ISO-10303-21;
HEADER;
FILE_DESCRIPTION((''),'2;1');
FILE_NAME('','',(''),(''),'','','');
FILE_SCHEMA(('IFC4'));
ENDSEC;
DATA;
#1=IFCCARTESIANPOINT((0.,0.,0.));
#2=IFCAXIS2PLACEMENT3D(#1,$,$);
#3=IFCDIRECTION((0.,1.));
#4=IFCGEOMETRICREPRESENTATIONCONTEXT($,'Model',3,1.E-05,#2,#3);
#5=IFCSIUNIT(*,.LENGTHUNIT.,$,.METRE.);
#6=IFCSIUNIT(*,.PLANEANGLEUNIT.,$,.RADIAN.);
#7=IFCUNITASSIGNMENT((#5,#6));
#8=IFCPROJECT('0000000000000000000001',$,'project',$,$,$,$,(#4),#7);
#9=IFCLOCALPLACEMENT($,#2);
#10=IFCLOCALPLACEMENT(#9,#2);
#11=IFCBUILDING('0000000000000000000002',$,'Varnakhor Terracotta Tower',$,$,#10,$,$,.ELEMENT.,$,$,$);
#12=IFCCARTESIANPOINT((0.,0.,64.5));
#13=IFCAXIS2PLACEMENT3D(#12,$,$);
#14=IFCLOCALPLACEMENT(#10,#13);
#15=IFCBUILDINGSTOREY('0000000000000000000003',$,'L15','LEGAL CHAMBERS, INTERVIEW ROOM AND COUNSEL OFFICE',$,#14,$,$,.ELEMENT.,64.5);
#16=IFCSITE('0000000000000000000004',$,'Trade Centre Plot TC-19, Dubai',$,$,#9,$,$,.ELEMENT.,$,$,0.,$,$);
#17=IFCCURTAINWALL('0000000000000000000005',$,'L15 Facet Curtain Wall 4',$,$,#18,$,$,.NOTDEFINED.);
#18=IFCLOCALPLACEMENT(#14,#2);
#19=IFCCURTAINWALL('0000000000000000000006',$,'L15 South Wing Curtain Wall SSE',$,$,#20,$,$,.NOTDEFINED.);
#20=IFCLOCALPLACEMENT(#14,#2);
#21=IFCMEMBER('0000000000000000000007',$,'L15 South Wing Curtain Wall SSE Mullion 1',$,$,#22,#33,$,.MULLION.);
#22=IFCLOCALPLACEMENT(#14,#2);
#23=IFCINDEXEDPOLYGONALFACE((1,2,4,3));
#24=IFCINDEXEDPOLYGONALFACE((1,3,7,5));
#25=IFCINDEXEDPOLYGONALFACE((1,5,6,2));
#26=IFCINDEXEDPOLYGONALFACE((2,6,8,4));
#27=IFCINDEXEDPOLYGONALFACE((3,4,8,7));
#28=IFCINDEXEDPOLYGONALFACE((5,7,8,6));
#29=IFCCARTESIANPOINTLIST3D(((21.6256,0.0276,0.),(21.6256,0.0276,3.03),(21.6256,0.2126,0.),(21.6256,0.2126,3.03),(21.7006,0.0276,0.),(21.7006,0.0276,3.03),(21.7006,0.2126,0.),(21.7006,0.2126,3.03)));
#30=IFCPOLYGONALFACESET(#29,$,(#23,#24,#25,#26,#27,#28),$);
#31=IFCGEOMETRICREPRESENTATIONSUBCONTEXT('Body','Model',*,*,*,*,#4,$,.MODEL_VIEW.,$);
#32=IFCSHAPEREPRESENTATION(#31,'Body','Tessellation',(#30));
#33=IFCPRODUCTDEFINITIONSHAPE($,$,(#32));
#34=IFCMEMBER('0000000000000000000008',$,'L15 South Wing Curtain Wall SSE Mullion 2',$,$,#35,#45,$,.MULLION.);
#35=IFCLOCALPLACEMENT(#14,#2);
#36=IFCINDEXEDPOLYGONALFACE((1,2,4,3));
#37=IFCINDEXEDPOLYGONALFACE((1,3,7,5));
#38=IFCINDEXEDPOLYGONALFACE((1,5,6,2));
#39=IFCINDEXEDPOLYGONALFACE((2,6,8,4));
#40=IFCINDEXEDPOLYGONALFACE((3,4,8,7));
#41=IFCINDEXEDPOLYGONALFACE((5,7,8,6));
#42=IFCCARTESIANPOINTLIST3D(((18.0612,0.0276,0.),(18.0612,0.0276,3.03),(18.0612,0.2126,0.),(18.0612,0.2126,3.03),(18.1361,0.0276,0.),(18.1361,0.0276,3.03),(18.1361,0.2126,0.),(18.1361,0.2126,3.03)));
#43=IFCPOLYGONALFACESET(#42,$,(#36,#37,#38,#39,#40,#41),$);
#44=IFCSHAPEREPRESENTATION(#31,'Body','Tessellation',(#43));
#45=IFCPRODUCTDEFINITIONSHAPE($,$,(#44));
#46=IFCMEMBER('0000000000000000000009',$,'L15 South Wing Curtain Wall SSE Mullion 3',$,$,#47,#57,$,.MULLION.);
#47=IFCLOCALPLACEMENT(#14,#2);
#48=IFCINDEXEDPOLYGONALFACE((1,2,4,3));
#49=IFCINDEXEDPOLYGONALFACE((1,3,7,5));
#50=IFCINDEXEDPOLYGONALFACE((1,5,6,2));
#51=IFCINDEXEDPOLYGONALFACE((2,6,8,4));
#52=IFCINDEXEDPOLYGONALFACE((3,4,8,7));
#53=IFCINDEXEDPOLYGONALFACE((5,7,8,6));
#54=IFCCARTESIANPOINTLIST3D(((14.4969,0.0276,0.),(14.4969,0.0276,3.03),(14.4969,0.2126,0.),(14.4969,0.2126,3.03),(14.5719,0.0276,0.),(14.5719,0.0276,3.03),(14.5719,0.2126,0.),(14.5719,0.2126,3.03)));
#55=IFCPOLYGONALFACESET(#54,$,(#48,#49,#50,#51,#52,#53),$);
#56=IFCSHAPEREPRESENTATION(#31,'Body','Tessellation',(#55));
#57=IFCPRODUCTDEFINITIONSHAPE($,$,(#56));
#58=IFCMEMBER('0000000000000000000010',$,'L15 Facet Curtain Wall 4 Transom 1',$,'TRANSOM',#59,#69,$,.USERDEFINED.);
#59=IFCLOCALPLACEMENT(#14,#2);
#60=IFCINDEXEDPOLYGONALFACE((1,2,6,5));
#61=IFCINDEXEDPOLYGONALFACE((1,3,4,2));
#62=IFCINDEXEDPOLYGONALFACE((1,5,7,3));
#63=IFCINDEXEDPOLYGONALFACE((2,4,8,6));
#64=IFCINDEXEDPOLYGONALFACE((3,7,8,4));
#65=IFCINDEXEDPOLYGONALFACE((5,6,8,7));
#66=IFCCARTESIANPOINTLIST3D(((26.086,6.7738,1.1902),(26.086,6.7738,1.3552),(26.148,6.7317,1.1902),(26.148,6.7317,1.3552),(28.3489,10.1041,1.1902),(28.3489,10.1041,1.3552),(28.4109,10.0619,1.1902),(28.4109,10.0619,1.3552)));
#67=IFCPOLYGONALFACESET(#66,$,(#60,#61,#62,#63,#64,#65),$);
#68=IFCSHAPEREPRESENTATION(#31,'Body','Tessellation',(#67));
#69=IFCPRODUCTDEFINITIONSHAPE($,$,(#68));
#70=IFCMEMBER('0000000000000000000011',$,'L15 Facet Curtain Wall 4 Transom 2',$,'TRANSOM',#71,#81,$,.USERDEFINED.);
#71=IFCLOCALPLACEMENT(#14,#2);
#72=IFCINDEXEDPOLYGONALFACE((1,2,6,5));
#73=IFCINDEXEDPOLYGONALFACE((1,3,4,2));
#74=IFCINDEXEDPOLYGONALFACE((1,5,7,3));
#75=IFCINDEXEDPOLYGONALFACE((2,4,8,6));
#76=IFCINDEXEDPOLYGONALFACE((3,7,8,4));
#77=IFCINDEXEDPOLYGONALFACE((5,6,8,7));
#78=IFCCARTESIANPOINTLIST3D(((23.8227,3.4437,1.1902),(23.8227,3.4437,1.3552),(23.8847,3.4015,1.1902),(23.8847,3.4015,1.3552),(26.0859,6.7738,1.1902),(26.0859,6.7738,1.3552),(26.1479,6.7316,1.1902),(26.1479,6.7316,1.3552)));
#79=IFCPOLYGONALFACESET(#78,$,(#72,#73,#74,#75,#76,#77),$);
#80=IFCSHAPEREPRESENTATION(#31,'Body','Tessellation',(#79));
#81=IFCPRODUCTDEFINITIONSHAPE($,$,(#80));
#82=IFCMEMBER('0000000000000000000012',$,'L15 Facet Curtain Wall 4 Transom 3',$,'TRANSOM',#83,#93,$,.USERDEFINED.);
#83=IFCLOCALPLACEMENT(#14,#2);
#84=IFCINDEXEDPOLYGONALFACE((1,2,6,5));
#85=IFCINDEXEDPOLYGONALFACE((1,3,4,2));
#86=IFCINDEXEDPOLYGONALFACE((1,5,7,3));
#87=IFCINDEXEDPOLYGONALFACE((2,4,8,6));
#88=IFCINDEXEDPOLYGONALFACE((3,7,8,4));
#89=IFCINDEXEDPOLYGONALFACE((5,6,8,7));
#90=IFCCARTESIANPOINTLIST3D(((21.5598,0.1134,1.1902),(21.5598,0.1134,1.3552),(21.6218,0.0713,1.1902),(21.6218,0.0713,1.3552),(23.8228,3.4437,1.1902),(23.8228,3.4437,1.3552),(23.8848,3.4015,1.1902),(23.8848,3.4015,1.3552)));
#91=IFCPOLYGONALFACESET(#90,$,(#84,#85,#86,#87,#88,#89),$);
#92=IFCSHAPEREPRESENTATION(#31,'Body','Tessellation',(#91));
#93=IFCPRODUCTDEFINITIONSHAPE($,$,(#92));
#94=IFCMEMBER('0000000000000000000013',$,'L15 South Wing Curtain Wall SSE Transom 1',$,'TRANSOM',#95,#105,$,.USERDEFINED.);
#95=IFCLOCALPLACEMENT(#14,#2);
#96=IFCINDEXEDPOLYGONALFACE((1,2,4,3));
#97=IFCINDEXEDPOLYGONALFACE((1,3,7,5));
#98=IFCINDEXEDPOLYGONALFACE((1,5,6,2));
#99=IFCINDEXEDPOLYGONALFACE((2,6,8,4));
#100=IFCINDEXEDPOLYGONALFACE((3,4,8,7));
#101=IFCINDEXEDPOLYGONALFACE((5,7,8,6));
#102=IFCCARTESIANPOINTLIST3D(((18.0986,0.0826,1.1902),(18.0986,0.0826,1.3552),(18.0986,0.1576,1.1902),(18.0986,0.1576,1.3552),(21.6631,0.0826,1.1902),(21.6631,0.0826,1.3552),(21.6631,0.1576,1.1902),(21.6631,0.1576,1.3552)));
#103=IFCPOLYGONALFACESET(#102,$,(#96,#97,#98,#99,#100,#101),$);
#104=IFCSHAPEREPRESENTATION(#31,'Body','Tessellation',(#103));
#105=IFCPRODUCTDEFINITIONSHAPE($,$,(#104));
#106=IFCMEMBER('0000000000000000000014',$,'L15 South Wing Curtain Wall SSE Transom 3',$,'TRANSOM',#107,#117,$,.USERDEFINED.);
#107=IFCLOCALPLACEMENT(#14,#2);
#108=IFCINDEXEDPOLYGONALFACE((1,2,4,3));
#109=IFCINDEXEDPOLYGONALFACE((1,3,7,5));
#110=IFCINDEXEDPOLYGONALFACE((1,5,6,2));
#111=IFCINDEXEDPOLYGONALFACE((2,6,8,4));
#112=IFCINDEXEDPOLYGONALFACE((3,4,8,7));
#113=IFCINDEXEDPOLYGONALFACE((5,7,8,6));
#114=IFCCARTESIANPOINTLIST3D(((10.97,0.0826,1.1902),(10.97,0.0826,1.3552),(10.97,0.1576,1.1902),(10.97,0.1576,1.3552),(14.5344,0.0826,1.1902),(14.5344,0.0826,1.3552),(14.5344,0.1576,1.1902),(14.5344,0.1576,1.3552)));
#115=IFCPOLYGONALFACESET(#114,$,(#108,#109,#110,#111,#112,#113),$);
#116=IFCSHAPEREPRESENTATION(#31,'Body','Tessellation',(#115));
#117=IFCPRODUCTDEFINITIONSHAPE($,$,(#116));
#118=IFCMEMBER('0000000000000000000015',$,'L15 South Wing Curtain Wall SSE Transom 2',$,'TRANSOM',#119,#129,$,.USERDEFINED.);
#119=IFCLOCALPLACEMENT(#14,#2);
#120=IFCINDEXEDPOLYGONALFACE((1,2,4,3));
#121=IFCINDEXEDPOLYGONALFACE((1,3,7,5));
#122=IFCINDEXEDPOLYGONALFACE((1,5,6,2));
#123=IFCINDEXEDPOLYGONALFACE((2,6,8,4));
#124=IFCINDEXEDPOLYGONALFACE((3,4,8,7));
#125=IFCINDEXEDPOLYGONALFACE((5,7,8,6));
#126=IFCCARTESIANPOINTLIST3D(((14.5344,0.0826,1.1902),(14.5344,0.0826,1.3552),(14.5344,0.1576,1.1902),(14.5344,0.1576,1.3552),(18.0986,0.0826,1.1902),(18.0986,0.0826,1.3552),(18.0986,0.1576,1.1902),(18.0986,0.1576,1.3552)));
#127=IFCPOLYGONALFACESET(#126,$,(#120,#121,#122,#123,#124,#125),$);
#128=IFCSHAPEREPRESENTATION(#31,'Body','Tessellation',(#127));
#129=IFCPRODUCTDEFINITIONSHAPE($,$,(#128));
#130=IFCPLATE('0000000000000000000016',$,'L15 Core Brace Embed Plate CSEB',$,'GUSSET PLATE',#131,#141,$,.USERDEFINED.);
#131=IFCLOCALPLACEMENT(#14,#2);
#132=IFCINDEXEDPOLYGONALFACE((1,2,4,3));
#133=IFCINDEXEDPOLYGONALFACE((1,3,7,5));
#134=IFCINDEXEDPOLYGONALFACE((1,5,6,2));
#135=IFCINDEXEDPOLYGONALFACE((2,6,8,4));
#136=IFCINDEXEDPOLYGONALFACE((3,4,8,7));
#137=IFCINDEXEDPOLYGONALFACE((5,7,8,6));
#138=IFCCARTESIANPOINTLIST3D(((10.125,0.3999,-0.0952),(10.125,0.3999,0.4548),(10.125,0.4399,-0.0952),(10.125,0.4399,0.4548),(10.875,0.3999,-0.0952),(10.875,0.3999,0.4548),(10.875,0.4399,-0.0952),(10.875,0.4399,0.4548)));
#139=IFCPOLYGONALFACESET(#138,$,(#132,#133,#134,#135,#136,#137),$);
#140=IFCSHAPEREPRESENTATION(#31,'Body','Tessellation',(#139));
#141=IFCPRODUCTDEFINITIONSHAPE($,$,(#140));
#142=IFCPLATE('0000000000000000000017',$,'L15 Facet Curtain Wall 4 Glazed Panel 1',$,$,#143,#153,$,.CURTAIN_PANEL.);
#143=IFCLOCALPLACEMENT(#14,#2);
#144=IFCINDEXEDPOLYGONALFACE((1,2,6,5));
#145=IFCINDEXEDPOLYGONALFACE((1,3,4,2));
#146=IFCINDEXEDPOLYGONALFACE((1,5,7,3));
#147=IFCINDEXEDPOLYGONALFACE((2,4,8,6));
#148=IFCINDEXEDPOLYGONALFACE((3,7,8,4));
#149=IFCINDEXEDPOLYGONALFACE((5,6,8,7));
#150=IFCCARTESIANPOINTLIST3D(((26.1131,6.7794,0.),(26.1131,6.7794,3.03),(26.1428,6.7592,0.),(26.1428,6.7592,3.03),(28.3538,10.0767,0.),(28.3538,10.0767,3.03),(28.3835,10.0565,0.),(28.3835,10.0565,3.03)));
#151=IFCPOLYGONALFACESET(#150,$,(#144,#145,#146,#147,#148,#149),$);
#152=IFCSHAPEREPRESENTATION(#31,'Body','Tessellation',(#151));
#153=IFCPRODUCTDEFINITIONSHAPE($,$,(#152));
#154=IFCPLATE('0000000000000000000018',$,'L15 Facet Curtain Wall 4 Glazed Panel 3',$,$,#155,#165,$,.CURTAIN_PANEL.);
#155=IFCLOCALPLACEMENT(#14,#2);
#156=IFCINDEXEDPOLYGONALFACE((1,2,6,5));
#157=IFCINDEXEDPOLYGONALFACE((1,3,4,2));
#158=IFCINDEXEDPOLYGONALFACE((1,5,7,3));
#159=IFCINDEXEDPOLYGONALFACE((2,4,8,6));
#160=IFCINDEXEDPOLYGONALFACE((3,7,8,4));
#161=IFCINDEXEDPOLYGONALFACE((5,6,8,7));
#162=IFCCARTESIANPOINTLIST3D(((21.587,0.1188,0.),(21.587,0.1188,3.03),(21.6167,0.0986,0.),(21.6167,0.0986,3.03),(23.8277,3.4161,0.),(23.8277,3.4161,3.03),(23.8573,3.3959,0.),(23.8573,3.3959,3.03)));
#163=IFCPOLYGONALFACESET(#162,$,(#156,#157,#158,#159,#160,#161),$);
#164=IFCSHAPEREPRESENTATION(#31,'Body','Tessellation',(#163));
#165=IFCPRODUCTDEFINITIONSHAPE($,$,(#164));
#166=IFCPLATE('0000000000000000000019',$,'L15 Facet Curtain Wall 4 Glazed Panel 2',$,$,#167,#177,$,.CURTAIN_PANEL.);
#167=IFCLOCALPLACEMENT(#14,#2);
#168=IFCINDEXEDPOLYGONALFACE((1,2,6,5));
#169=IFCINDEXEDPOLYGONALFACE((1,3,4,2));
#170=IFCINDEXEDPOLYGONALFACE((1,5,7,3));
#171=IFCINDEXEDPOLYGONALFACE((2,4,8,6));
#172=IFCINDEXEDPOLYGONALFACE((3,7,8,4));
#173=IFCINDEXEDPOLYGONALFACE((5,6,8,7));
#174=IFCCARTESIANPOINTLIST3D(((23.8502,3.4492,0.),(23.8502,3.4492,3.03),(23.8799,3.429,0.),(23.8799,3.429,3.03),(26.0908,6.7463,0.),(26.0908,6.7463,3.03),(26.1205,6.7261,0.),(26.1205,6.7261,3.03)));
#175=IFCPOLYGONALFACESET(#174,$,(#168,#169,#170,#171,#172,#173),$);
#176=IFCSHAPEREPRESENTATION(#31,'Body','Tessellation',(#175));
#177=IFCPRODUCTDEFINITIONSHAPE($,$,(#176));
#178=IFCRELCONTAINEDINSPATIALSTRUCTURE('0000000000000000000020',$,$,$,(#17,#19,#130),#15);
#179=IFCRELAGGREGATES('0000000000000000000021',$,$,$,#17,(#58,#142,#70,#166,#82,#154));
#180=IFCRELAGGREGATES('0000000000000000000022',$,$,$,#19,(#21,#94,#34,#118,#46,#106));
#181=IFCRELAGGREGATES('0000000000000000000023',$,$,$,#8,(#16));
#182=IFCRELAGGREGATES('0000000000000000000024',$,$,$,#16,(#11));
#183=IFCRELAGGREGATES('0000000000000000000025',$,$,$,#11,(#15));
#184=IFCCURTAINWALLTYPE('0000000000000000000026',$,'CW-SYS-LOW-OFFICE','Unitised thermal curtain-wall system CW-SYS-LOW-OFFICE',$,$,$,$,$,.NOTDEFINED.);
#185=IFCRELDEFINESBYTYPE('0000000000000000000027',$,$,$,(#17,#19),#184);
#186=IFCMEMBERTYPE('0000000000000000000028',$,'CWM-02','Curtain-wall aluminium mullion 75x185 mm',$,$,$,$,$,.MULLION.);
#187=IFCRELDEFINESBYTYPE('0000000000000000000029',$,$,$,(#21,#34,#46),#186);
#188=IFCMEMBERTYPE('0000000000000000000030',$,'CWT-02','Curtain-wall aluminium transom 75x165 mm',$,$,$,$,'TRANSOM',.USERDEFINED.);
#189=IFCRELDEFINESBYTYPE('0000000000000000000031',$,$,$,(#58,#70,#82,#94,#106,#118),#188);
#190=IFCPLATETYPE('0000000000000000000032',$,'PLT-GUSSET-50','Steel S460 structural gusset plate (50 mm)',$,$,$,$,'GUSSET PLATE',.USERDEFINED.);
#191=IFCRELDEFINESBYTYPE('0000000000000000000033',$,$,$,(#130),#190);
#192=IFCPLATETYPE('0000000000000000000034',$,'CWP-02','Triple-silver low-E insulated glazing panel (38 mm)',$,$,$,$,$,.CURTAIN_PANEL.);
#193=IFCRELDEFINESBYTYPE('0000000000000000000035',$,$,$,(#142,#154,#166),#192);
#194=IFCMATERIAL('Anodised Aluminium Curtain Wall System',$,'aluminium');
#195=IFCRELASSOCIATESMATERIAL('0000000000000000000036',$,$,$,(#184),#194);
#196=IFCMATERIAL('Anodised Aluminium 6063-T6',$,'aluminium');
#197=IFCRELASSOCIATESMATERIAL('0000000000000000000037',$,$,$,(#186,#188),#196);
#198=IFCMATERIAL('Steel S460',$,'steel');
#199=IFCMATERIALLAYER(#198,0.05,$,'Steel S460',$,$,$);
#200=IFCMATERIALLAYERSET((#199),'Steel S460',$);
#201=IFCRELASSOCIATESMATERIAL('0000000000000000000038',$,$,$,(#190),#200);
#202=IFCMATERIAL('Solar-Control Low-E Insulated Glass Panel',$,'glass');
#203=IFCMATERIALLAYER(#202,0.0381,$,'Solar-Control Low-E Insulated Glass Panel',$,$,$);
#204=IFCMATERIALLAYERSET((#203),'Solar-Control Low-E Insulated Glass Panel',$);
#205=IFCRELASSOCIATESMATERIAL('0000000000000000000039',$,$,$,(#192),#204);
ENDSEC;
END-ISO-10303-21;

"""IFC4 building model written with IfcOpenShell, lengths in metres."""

from ifc_helpers import new_model, si_unit, direction, frame, origin, origin_2d, place, context, subcontext, project, spatial, rectangle, extrude, source, transform, mapped, material, layer, layer_set, material_profile, profile_set, type_object, type_shapes, element, aggregate, save


model = new_model("IFC4")

# Units and contexts
model_context = context("Model", 3, precision=1e-05, world=origin(), true_north=direction((0.0, 1.0)))
body_context = subcontext(model_context, "Body", "Model", "MODEL_VIEW")
ifc_project = project(units=[si_unit("LENGTHUNIT", "METRE"), si_unit("PLANEANGLEUNIT", "RADIAN")], contexts=[model_context])

# Site, building, storey
site_placement = place(None, origin())
site = spatial("IfcSite", under=ifc_project, at=site_placement, Name="Trade Centre Plot TC-19, Dubai", CompositionType="ELEMENT", RefElevation=0.0)
building_placement = place(site_placement, origin())
building = spatial("IfcBuilding", under=site, at=building_placement, Name="Varnakhor Terracotta Tower", CompositionType="ELEMENT")
storey_placement = place(building_placement, frame((0.0, 0.0, 64.5)))
storey = spatial("IfcBuildingStorey", under=building, at=storey_placement, Name="L15", Description="LEGAL CHAMBERS, INTERVIEW ROOM AND COUNSEL OFFICE", CompositionType="ELEMENT", Elevation=64.5)

# Shared definitions
ifc_material_1 = material(Name="Steel S460", Category="steel")

# Curtain walls, members
ifc_material_2 = material(Name="Anodised Aluminium Curtain Wall System", Category="aluminium")
curtain_wall_type = type_object("IfcCurtainWallType", Name="CW-SYS-LOW-OFFICE", Description="Unitised thermal curtain-wall system CW-SYS-LOW-OFFICE", PredefinedType="NOTDEFINED", material=ifc_material_2)
curtain_wall_1_placement = place(storey_placement, origin())
curtain_wall_1 = element("IfcCurtainWall", 1, at=curtain_wall_1_placement, inside=storey, type_object=curtain_wall_type, Name="L15 Facet Curtain Wall 4", PredefinedType="NOTDEFINED")
ifc_material_3 = material(Name="Anodised Aluminium 6063-T6", Category="aluminium")
ifc_material_profile_1 = material_profile(ifc_material_3, rectangle(XDim=0.075, YDim=0.1851, at=origin_2d()), Name="ALU MULLION 75x185")
ifc_profile_set_1 = profile_set([ifc_material_profile_1], Name="Anodised Aluminium 6063-T6")
member_type_1 = type_object("IfcMemberType", Name="CWM-02", Description="Curtain-wall aluminium mullion 75x185 mm", PredefinedType="MULLION", material=ifc_profile_set_1)
shared_shape_1 = source(origin(), body_context, "Body", "SweptSolid", [
    extrude(rectangle(XDim=0.075, YDim=0.1851, at=origin_2d()), origin(), (0.0, 0.0, 1.0), 3.03),
])
type_shapes(member_type_1, [shared_shape_1])
curtain_wall_2_placement = place(storey_placement, origin())
curtain_wall_2 = element("IfcCurtainWall", 2, at=curtain_wall_2_placement, inside=storey, type_object=curtain_wall_type, Name="L15 South Wing Curtain Wall SSE", PredefinedType="NOTDEFINED")
member_1_placement = place(storey_placement, frame((21.6631, 0.1201, 0.0), z_axis=(0.0, 0.0, 1.0), x_axis=(1.0, 0.0, 0.0)))
member_1 = element("IfcMember", 3, at=member_1_placement, type_object=member_type_1, Name="L15 South Wing Curtain Wall SSE Mullion 1", PredefinedType="MULLION", context=body_context, shape_type="MappedRepresentation", body=[
    mapped(shared_shape_1, transform((0.0, 0.0, 0.0), scale=1.0)),
])
member_2_placement = place(storey_placement, frame((18.0986, 0.1201, 0.0), z_axis=(0.0, 0.0, 1.0), x_axis=(1.0, 0.0, 0.0)))
member_2 = element("IfcMember", 4, at=member_2_placement, type_object=member_type_1, Name="L15 South Wing Curtain Wall SSE Mullion 2", PredefinedType="MULLION", context=body_context, shape_type="MappedRepresentation", body=[
    mapped(shared_shape_1, transform((0.0, 0.0, 0.0), scale=1.0)),
])
member_3_placement = place(storey_placement, frame((14.5344, 0.1201, 0.0), z_axis=(0.0, 0.0, 1.0), x_axis=(1.0, 0.0, 0.0)))
member_3 = element("IfcMember", 5, at=member_3_placement, type_object=member_type_1, Name="L15 South Wing Curtain Wall SSE Mullion 3", PredefinedType="MULLION", context=body_context, shape_type="MappedRepresentation", body=[
    mapped(shared_shape_1, transform((0.0, 0.0, 0.0), scale=1.0)),
])

# Members
ifc_material_profile_2 = material_profile(ifc_material_3, rectangle(XDim=0.075, YDim=0.165, at=origin_2d()), Name="ALU TRANSOM 75x165")
ifc_profile_set_2 = profile_set([ifc_material_profile_2], Name="Anodised Aluminium 6063-T6")
member_type_2 = type_object("IfcMemberType", Name="CWT-02", Description="Curtain-wall aluminium transom 75x165 mm", ElementType="TRANSOM", PredefinedType="USERDEFINED", material=ifc_profile_set_2)
shared_shape_2 = source(origin(), body_context, "Body", "SweptSolid", [
    extrude(rectangle(XDim=0.075, YDim=0.165, at=origin_2d()), origin(), (0.0, 0.0, 1.0), 4.0264),
])
member_4_placement = place(storey_placement, frame((28.3799, 10.083, 1.2727), z_axis=(-0.562025, -0.82712, 0.0), x_axis=(0.82712, -0.562025, 0.0)))
member_4 = element("IfcMember", 6, at=member_4_placement, type_object=member_type_2, Name="L15 Facet Curtain Wall 4 Transom 1", ObjectType="TRANSOM", PredefinedType="USERDEFINED", context=body_context, shape_type="MappedRepresentation", body=[
    mapped(shared_shape_2, transform((0.0, 0.0, 0.0), scale=1.0)),
])
member_5_placement = place(storey_placement, frame((26.1169, 6.7527, 1.2727), z_axis=(-0.562094, -0.827073, 0.0), x_axis=(0.827073, -0.562094, 0.0)))
member_5 = element("IfcMember", 7, at=member_5_placement, type_object=member_type_2, Name="L15 Facet Curtain Wall 4 Transom 2", ObjectType="TRANSOM", PredefinedType="USERDEFINED", context=body_context, shape_type="MappedRepresentation", body=[
    mapped(shared_shape_2, transform((0.0, 0.0, 0.0), scale=1.0)),
])
member_6_placement = place(storey_placement, frame((23.8538, 3.4226, 1.2727), z_axis=(-0.562025, -0.82712, 0.0), x_axis=(0.82712, -0.562025, 0.0)))
member_6 = element("IfcMember", 8, at=member_6_placement, type_object=member_type_2, Name="L15 Facet Curtain Wall 4 Transom 3", ObjectType="TRANSOM", PredefinedType="USERDEFINED", context=body_context, shape_type="MappedRepresentation", body=[
    mapped(shared_shape_2, transform((0.0, 0.0, 0.0), scale=1.0)),
])
shared_shape_3 = source(origin(), body_context, "Body", "SweptSolid", [
    extrude(rectangle(XDim=0.075, YDim=0.165, at=origin_2d()), origin(), (0.0, 0.0, 1.0), 3.5645),
])
member_7_placement = place(storey_placement, frame((21.6631, 0.1201, 1.2727), z_axis=(-1.0, 0.0, 0.0), x_axis=(0.0, -1.0, 0.0)))
member_7 = element("IfcMember", 9, at=member_7_placement, type_object=member_type_2, Name="L15 South Wing Curtain Wall SSE Transom 1", ObjectType="TRANSOM", PredefinedType="USERDEFINED", context=body_context, shape_type="MappedRepresentation", body=[
    mapped(shared_shape_3, transform((0.0, 0.0, 0.0), scale=1.0)),
])
member_8_placement = place(storey_placement, frame((14.5344, 0.1201, 1.2727), z_axis=(-1.0, 0.0, 0.0), x_axis=(0.0, -1.0, 0.0)))
member_8 = element("IfcMember", 10, at=member_8_placement, type_object=member_type_2, Name="L15 South Wing Curtain Wall SSE Transom 3", ObjectType="TRANSOM", PredefinedType="USERDEFINED", context=body_context, shape_type="MappedRepresentation", body=[
    mapped(shared_shape_3, transform((0.0, 0.0, 0.0), scale=1.0)),
])
shared_shape_4 = source(origin(), body_context, "Body", "SweptSolid", [
    extrude(rectangle(XDim=0.075, YDim=0.165, at=origin_2d()), origin(), (0.0, 0.0, 1.0), 3.5642),
])
member_9_placement = place(storey_placement, frame((18.0986, 0.1201, 1.2727), z_axis=(-1.0, 0.0, 0.0), x_axis=(0.0, -1.0, 0.0)))
member_9 = element("IfcMember", 11, at=member_9_placement, type_object=member_type_2, Name="L15 South Wing Curtain Wall SSE Transom 2", ObjectType="TRANSOM", PredefinedType="USERDEFINED", context=body_context, shape_type="MappedRepresentation", body=[
    mapped(shared_shape_4, transform((0.0, 0.0, 0.0), scale=1.0)),
])

# Plates
ifc_layer_1 = layer(ifc_material_1, 0.05, Name="Steel S460")
ifc_layer_set_1 = layer_set([ifc_layer_1], Name="Steel S460")
plate_type_1 = type_object("IfcPlateType", Name="PLT-GUSSET-50", Description="Steel S460 structural gusset plate (50 mm)", ElementType="GUSSET PLATE", PredefinedType="USERDEFINED", material=ifc_layer_set_1)
shared_shape_5 = source(origin(), body_context, "Body", "SweptSolid", [
    extrude(rectangle(XDim=0.75, YDim=0.04, at=origin_2d()), origin(), (0.0, 0.0, 1.0), 0.55),
])
type_shapes(plate_type_1, [shared_shape_5])
plate_1_placement = place(storey_placement, frame((10.5, 0.4199, -0.0952), z_axis=(0.0, 0.0, 1.0), x_axis=(1.0, 0.0, 0.0)))
element("IfcPlate", 12, at=plate_1_placement, inside=storey, type_object=plate_type_1, Name="L15 Core Brace Embed Plate CSEB", ObjectType="GUSSET PLATE", PredefinedType="USERDEFINED", context=body_context, shape_type="MappedRepresentation", body=[
    mapped(shared_shape_5, transform((0.0, 0.0, 0.0), scale=1.0)),
])
ifc_material_4 = material(Name="Solar-Control Low-E Insulated Glass Panel", Category="glass")
ifc_layer_2 = layer(ifc_material_4, 0.0381, Name="Solar-Control Low-E Insulated Glass Panel")
ifc_layer_set_2 = layer_set([ifc_layer_2], Name="Solar-Control Low-E Insulated Glass Panel")
plate_type_2 = type_object("IfcPlateType", Name="CWP-02", Description="Triple-silver low-E insulated glazing panel (38 mm)", PredefinedType="CURTAIN_PANEL", material=ifc_layer_set_2)
shared_shape_6 = source(origin(), body_context, "Body", "SweptSolid", [
    extrude(rectangle(XDim=3.9866, YDim=0.0359, at=origin_2d()), origin(), (0.0, 0.0, 1.0), 3.03),
])
plate_2_placement = place(storey_placement, frame((27.2483, 8.418, 0.0), z_axis=(0.0, 0.0, 1.0), x_axis=(-0.562055, -0.8271, 0.0)))
plate_2 = element("IfcPlate", 13, at=plate_2_placement, type_object=plate_type_2, Name="L15 Facet Curtain Wall 4 Glazed Panel 1", PredefinedType="CURTAIN_PANEL", context=body_context, shape_type="MappedRepresentation", body=[
    mapped(shared_shape_6, transform((0.0, 0.0, 0.0), scale=1.0)),
])
plate_3_placement = place(storey_placement, frame((22.7222, 1.7573, 0.0), z_axis=(0.0, 0.0, 1.0), x_axis=(-0.562055, -0.8271, 0.0)))
plate_3 = element("IfcPlate", 14, at=plate_3_placement, type_object=plate_type_2, Name="L15 Facet Curtain Wall 4 Glazed Panel 3", PredefinedType="CURTAIN_PANEL", context=body_context, shape_type="MappedRepresentation", body=[
    mapped(shared_shape_6, transform((0.0, 0.0, 0.0), scale=1.0)),
])
shared_shape_7 = source(origin(), body_context, "Body", "SweptSolid", [
    extrude(rectangle(XDim=3.9863, YDim=0.0359, at=origin_2d()), origin(), (0.0, 0.0, 1.0), 3.03),
])
plate_4_placement = place(storey_placement, frame((24.9854, 5.0876, 0.0), z_axis=(0.0, 0.0, 1.0), x_axis=(-0.562055, -0.8271, 0.0)))
plate_4 = element("IfcPlate", 15, at=plate_4_placement, type_object=plate_type_2, Name="L15 Facet Curtain Wall 4 Glazed Panel 2", PredefinedType="CURTAIN_PANEL", context=body_context, shape_type="MappedRepresentation", body=[
    mapped(shared_shape_7, transform((0.0, 0.0, 0.0), scale=1.0)),
])
aggregate(curtain_wall_1, [member_4, plate_2, member_5, plate_4, member_6, plate_3])
aggregate(curtain_wall_2, [member_1, member_7, member_2, member_9, member_3, member_8])

save(model, "model.ifc")
